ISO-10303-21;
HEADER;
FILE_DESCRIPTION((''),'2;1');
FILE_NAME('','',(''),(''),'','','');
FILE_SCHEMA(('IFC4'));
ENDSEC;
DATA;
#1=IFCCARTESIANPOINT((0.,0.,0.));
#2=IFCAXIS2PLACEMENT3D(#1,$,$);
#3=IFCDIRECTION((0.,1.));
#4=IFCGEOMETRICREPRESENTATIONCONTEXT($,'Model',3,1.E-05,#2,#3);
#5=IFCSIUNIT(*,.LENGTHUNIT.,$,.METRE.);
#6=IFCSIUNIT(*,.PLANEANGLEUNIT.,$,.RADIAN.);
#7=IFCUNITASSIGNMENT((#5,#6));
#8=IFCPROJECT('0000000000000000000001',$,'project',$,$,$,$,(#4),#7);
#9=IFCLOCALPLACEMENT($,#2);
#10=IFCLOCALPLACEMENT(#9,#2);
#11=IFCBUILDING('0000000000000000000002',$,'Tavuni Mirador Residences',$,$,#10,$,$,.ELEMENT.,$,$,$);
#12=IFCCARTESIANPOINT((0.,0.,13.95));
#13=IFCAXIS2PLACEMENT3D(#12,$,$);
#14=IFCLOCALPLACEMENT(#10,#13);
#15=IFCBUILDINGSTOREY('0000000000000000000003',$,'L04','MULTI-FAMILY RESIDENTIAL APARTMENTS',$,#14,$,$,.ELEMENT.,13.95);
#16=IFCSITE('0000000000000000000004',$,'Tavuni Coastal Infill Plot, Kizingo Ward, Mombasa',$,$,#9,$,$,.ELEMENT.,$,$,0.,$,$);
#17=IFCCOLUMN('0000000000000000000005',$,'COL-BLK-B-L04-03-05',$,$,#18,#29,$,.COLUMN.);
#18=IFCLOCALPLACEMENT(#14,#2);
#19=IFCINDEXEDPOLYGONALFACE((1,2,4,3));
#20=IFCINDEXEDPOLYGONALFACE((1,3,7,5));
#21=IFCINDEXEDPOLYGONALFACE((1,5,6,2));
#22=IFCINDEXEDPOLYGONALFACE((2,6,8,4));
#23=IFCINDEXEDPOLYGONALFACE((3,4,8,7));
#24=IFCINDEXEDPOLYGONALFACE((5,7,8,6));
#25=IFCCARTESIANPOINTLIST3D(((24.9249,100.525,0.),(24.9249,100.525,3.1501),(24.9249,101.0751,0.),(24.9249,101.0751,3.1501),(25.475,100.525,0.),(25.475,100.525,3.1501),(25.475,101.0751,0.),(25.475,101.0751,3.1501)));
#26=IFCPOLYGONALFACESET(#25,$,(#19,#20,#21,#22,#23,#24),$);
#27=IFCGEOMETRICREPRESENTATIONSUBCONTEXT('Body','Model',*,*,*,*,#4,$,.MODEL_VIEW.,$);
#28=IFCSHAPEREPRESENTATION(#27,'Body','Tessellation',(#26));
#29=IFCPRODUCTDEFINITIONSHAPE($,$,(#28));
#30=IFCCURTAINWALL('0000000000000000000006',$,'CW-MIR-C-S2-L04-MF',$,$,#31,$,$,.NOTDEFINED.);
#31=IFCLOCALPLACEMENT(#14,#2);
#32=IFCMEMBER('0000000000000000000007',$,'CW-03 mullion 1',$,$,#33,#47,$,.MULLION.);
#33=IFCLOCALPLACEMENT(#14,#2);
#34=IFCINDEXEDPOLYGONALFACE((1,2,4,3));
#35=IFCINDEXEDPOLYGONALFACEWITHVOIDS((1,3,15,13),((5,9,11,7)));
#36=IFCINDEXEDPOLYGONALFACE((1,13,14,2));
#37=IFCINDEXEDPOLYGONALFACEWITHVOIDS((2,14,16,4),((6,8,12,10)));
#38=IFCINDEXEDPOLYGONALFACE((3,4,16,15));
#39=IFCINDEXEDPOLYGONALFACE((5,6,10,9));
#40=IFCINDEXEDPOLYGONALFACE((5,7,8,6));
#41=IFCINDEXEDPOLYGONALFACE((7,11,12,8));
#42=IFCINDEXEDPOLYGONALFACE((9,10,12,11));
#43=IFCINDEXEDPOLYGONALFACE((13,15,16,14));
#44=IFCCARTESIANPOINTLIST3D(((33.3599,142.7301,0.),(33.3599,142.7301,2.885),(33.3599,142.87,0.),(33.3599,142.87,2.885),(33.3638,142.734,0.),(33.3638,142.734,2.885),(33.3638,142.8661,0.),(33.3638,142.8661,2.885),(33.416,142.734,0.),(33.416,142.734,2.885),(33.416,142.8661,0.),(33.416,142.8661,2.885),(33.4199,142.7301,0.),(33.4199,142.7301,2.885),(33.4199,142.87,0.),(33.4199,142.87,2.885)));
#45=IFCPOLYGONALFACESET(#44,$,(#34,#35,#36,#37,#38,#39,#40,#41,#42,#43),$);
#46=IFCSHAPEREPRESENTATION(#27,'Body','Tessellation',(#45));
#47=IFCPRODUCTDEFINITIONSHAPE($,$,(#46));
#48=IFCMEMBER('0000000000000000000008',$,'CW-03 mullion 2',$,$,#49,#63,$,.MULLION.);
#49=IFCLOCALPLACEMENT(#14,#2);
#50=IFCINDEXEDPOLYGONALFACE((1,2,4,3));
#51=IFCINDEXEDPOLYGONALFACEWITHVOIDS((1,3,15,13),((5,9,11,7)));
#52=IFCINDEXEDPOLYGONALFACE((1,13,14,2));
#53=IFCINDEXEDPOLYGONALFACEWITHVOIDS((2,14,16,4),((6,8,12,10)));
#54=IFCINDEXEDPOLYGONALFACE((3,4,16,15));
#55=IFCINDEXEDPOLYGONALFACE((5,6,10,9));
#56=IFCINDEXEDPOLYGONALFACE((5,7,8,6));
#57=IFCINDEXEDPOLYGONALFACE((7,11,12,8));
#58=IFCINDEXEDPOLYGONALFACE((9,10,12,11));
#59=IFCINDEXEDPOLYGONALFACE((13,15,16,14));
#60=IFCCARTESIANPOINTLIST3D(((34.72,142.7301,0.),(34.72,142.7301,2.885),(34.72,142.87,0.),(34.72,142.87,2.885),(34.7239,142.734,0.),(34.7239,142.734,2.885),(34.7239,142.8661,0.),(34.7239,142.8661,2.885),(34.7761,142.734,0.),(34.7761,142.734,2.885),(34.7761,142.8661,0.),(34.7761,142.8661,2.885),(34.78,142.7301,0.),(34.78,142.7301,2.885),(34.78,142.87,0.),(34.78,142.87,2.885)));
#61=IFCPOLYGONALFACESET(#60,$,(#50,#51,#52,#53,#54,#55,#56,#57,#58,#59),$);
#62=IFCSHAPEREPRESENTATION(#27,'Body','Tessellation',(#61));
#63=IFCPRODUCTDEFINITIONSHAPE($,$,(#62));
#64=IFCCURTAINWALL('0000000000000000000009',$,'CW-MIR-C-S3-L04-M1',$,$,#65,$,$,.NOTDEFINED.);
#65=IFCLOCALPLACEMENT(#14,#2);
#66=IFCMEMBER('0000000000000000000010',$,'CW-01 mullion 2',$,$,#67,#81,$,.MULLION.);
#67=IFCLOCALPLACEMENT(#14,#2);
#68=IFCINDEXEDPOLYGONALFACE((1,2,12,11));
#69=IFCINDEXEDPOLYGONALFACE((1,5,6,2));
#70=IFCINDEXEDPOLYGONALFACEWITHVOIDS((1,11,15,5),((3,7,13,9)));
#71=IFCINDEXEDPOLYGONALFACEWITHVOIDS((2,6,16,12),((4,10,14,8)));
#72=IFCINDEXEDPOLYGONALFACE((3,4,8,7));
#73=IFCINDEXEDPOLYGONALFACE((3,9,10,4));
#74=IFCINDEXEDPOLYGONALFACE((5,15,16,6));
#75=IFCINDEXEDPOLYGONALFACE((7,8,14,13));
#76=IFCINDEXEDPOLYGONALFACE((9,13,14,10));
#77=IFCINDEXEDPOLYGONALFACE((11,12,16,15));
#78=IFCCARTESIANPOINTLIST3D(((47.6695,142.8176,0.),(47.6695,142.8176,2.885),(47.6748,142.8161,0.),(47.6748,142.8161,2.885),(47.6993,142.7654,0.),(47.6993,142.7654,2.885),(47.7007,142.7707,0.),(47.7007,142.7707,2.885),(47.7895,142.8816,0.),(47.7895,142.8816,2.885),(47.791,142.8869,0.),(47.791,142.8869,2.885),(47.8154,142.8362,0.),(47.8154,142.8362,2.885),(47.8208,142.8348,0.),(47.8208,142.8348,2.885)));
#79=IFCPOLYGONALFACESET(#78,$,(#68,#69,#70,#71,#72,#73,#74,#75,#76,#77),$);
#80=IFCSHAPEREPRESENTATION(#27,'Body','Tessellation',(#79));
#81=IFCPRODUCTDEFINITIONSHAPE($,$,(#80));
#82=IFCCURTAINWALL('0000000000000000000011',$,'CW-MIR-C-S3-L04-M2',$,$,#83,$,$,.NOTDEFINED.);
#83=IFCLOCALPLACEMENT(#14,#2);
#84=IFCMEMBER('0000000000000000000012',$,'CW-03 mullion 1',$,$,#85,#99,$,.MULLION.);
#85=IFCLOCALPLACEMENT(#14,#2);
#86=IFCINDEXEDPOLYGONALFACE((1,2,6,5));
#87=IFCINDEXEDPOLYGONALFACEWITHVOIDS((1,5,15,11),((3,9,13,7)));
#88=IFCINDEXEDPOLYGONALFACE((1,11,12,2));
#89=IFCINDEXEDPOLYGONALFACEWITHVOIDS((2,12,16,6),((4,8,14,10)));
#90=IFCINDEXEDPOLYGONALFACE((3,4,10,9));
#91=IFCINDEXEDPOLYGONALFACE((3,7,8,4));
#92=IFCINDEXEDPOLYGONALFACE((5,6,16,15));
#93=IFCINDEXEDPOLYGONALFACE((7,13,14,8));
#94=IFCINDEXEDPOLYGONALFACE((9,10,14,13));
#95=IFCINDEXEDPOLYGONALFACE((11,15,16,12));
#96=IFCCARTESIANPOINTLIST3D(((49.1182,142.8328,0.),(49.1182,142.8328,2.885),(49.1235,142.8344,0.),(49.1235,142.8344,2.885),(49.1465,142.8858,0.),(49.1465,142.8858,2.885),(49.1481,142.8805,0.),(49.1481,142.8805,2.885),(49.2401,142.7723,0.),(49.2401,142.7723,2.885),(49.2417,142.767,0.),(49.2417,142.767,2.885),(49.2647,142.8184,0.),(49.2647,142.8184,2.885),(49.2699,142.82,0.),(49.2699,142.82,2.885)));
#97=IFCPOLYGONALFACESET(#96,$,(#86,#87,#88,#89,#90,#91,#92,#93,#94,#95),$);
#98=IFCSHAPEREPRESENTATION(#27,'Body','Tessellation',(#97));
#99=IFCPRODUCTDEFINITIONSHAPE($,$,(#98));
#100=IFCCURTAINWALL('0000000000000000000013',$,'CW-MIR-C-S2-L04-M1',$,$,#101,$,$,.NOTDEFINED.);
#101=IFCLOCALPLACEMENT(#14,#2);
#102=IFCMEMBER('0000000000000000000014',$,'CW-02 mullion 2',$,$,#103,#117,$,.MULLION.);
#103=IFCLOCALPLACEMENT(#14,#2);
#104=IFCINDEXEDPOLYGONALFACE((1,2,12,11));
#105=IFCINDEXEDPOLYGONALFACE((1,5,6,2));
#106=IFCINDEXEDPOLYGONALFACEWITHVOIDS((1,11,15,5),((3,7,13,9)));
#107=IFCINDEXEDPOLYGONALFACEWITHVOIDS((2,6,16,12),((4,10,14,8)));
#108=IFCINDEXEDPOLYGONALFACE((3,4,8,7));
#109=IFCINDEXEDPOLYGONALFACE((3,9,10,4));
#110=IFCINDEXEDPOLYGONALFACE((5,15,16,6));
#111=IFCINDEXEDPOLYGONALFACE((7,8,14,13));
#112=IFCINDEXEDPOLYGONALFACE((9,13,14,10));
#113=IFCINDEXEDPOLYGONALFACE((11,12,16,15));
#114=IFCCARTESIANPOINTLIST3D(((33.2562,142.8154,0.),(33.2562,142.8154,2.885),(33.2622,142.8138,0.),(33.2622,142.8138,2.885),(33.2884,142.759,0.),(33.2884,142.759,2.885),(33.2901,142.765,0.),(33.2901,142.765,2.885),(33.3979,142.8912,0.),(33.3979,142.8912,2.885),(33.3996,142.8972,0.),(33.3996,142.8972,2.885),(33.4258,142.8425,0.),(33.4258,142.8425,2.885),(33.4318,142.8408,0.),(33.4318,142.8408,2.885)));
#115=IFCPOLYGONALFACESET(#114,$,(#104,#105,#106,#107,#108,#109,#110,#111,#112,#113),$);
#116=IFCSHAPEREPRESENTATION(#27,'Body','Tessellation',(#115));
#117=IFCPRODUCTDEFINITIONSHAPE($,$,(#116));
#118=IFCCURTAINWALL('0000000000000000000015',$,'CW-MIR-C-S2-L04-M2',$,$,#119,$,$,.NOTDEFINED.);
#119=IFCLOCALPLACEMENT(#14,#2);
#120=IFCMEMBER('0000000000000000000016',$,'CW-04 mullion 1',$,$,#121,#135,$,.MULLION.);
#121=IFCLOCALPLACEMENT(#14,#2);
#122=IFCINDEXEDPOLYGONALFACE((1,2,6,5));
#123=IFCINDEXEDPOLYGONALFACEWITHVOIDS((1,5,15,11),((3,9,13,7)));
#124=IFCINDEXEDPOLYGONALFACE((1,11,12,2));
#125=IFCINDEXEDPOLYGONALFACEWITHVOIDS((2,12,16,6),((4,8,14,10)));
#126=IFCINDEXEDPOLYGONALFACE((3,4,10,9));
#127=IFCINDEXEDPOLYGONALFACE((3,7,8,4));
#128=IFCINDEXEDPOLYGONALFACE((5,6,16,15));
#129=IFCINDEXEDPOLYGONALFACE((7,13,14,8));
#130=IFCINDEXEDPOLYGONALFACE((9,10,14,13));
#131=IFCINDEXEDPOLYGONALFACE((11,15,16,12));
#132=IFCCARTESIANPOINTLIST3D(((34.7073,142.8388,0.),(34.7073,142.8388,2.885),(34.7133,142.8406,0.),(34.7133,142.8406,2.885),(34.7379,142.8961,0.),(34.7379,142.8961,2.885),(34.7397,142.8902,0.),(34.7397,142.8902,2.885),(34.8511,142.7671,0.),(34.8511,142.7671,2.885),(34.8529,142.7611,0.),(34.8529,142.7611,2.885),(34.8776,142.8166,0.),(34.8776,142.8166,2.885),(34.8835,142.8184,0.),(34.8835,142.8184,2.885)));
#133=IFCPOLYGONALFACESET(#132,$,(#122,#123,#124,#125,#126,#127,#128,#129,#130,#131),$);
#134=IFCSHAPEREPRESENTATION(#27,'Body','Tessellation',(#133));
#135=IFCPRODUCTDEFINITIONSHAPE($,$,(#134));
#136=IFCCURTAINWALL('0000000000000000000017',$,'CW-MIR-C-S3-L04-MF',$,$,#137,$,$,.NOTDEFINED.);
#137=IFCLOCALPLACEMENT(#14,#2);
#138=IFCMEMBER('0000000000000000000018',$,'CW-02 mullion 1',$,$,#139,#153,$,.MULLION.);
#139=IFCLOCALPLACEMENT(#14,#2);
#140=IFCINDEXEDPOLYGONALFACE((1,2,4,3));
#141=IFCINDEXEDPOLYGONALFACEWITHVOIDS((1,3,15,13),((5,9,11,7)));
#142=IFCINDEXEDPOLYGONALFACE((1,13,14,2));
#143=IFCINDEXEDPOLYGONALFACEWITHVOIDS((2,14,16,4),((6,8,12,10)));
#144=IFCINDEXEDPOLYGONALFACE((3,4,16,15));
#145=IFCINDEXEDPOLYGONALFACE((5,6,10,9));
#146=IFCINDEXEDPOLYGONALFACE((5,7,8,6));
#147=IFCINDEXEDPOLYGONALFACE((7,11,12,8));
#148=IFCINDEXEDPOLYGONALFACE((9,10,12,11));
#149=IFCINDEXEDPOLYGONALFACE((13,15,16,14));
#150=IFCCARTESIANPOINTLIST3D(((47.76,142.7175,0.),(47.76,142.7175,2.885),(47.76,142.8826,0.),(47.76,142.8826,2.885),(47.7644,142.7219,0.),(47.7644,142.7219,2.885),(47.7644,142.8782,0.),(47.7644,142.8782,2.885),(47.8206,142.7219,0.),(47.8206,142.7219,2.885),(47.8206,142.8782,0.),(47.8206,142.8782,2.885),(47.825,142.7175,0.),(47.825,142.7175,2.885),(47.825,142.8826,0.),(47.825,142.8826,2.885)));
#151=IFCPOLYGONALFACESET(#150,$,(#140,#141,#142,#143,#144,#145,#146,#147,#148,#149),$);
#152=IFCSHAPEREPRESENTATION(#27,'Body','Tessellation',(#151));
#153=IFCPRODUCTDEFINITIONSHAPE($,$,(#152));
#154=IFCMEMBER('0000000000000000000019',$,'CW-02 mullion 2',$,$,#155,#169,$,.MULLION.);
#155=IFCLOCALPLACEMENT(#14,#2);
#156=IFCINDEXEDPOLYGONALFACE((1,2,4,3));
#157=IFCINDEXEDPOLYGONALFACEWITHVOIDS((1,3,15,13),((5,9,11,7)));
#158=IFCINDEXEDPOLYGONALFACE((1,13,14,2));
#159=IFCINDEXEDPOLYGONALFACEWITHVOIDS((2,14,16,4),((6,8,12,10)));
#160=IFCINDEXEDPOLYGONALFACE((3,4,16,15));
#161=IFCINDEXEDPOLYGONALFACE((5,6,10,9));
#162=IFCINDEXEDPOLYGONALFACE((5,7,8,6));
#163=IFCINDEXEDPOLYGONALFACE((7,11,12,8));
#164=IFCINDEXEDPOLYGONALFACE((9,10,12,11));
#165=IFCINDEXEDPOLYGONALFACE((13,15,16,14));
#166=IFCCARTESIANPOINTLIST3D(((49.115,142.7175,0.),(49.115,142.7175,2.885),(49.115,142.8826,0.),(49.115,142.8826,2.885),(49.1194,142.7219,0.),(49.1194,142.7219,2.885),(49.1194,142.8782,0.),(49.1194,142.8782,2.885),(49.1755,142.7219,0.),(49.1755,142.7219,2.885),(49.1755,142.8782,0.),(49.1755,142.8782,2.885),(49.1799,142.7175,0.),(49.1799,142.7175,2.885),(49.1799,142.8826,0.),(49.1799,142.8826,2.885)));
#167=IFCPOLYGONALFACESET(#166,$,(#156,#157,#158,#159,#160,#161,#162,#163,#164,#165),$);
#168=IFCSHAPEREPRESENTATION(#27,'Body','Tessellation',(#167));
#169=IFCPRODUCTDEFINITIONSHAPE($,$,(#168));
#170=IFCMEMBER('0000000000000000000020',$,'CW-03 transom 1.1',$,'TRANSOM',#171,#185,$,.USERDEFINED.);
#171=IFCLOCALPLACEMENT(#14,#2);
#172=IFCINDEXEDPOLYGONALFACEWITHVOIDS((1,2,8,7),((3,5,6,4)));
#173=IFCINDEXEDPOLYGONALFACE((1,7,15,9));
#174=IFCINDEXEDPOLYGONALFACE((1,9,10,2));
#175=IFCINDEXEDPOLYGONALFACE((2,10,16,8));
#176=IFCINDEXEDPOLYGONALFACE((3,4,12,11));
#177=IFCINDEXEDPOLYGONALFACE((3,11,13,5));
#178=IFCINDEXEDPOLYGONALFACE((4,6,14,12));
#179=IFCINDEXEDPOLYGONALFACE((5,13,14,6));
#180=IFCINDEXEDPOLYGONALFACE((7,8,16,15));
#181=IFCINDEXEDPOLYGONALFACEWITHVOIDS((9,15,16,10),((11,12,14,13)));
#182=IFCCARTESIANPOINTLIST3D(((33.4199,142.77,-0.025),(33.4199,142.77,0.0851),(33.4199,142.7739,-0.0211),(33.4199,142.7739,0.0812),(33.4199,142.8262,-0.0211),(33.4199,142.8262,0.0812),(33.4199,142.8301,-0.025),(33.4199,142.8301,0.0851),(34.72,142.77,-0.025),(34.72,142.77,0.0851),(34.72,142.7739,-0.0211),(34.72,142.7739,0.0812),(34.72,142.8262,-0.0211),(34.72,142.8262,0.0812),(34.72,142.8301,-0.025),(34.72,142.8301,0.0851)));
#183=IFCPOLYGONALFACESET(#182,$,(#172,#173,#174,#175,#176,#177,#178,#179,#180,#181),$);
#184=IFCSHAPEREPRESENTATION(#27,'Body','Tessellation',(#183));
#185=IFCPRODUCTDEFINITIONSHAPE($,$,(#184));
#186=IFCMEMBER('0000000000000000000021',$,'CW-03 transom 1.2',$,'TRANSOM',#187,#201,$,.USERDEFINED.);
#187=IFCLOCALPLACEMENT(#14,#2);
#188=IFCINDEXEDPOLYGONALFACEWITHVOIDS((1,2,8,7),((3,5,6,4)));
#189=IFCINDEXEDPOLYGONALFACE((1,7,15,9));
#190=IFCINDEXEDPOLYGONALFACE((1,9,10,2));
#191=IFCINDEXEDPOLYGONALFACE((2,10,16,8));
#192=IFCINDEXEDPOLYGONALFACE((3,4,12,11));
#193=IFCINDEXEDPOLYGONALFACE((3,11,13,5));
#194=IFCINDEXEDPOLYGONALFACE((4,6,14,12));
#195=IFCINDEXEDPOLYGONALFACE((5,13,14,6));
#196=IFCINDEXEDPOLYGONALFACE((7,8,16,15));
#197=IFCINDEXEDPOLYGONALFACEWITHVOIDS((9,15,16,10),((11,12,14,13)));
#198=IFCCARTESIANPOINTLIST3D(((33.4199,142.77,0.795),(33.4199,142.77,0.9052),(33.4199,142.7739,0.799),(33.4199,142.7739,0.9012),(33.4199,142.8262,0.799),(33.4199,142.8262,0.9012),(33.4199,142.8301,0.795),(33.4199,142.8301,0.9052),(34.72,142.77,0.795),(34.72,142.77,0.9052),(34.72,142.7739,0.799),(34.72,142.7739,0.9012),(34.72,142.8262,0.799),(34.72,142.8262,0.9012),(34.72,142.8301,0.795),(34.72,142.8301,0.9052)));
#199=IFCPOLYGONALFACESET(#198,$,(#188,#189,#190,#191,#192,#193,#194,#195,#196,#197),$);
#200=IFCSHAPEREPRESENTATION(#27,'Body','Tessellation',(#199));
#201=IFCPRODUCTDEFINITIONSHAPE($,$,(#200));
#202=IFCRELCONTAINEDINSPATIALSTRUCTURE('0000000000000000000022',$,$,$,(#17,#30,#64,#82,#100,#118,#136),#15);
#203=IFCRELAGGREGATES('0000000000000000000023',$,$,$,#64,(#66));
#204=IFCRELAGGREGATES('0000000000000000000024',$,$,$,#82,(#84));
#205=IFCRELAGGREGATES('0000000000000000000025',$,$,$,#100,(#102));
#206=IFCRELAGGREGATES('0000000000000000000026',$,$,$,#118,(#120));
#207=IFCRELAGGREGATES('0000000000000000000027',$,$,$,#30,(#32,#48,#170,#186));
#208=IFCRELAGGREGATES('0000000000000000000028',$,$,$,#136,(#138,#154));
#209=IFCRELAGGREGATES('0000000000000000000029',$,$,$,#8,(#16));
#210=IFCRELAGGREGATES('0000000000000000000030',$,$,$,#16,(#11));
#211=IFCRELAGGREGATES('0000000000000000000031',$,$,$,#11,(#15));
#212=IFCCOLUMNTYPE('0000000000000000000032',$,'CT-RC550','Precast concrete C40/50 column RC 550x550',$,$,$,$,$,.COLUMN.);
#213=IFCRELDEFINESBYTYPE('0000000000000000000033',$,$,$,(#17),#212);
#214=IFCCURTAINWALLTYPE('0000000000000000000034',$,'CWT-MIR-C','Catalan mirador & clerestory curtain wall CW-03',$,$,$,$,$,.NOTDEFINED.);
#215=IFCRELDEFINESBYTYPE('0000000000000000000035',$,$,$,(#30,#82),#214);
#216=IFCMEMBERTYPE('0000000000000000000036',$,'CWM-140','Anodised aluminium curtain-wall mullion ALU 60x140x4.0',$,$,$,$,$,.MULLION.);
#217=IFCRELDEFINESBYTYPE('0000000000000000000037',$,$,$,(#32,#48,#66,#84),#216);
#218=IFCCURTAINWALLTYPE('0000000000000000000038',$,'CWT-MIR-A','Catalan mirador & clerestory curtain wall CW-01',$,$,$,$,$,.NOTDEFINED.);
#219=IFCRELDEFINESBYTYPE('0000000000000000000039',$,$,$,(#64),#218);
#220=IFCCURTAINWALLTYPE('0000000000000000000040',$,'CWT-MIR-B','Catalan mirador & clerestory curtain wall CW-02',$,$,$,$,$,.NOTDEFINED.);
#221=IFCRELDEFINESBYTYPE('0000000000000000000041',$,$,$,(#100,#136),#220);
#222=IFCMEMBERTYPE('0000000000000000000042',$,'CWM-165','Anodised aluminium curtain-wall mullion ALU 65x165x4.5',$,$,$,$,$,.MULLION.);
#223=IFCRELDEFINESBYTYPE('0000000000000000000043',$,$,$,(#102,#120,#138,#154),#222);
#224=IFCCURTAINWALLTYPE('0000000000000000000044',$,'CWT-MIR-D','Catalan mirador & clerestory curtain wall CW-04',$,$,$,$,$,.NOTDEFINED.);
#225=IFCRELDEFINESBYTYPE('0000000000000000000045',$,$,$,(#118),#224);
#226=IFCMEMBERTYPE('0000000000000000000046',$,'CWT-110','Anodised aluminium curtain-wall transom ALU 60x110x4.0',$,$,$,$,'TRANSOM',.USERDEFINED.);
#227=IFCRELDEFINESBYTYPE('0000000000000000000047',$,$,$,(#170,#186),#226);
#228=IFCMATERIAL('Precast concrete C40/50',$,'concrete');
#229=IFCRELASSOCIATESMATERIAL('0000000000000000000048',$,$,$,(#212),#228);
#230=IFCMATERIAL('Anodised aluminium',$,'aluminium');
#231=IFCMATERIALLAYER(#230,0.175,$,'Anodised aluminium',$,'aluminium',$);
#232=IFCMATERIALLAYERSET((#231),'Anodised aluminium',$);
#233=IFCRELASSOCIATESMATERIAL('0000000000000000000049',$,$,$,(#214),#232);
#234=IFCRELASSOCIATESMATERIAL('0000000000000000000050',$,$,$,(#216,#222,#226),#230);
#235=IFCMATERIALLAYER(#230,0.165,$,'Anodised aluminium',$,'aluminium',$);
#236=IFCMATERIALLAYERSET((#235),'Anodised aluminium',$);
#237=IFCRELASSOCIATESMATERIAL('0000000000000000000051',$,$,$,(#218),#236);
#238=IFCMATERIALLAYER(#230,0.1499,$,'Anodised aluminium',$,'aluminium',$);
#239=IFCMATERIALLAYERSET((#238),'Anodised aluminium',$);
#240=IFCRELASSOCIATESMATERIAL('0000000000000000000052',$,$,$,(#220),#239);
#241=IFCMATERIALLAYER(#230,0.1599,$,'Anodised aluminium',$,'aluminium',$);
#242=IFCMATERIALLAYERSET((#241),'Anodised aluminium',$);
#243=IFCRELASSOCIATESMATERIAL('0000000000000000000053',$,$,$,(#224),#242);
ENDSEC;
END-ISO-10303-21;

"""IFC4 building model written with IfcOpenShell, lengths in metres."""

from ifc_helpers import new_model, si_unit, direction, frame, origin, origin_2d, place, context, subcontext, project, spatial, rectangle, hollow_rectangle, extrude, material, layer, layer_set, material_profile, profile_set, type_object, element, aggregate, save


model = new_model("IFC4")

# Units and contexts
model_context = context("Model", 3, precision=1e-05, world=origin(), true_north=direction((0.0, 1.0)))
body_context = subcontext(model_context, "Body", "Model", "MODEL_VIEW")
ifc_project = project(units=[si_unit("LENGTHUNIT", "METRE"), si_unit("PLANEANGLEUNIT", "RADIAN")], contexts=[model_context])

# Site, building, storey
site_placement = place(None, origin())
site = spatial("IfcSite", under=ifc_project, at=site_placement, Name="Tavuni Coastal Infill Plot, Kizingo Ward, Mombasa", CompositionType="ELEMENT", RefElevation=0.0)
building_placement = place(site_placement, origin())
building = spatial("IfcBuilding", under=site, at=building_placement, Name="Tavuni Mirador Residences", CompositionType="ELEMENT")
storey_placement = place(building_placement, frame((0.0, 0.0, 13.95)))
storey = spatial("IfcBuildingStorey", under=building, at=storey_placement, Name="L04", Description="MULTI-FAMILY RESIDENTIAL APARTMENTS", CompositionType="ELEMENT", Elevation=13.95)

# Column
ifc_material_1 = material(Name="Precast concrete C40/50", Category="concrete")
ifc_material_profile_1 = material_profile(ifc_material_1, rectangle(XDim=0.55, YDim=0.55, at=origin_2d()), Name="RC 550x550", Category="concrete")
ifc_profile_set_1 = profile_set([ifc_material_profile_1], Name="Precast concrete C40/50")
column_type = type_object("IfcColumnType", Name="CT-RC550", Description="Precast concrete C40/50 column RC 550x550", PredefinedType="COLUMN", material=ifc_profile_set_1)
column_placement = place(storey_placement, frame((25.2, 100.8, 0.0), z_axis=(0.0, 0.0, 1.0), x_axis=(1.0, 0.0, 0.0)))
element("IfcColumn", 1, at=column_placement, inside=storey, type_object=column_type, Name="COL-BLK-B-L04-03-05", PredefinedType="COLUMN", context=body_context, shape_type="SweptSolid", body=[
    extrude(rectangle(XDim=0.55, YDim=0.55, at=origin_2d()), origin(), (0.0, 0.0, 1.0), 3.1501),
])

# Curtain wall, members
ifc_material_2 = material(Name="Anodised aluminium", Category="aluminium")
ifc_layer_1 = layer(ifc_material_2, 0.175, Name="Anodised aluminium", Category="aluminium")
ifc_layer_set_1 = layer_set([ifc_layer_1], Name="Anodised aluminium")
curtain_wall_type_1 = type_object("IfcCurtainWallType", Name="CWT-MIR-C", Description="Catalan mirador & clerestory curtain wall CW-03", PredefinedType="NOTDEFINED", material=ifc_layer_set_1)
curtain_wall_1_placement = place(storey_placement, origin())
curtain_wall_1 = element("IfcCurtainWall", 2, at=curtain_wall_1_placement, inside=storey, type_object=curtain_wall_type_1, Name="CW-MIR-C-S2-L04-MF", PredefinedType="NOTDEFINED")
ifc_material_profile_2 = material_profile(ifc_material_2, hollow_rectangle(XDim=0.0601, YDim=0.1399, WallThickness=0.0039, at=origin_2d()), Name="ALU 60x140x4.0", Category="aluminium")
ifc_profile_set_2 = profile_set([ifc_material_profile_2], Name="Anodised aluminium")
member_type_1 = type_object("IfcMemberType", Name="CWM-140", Description="Anodised aluminium curtain-wall mullion ALU 60x140x4.0", PredefinedType="MULLION", material=ifc_profile_set_2)
member_1_placement = place(storey_placement, frame((33.3899, 142.8, 0.0), z_axis=(0.0, 0.0, 1.0), x_axis=(1.0, 0.0, 0.0)))
member_1 = element("IfcMember", 3, at=member_1_placement, type_object=member_type_1, Name="CW-03 mullion 1", PredefinedType="MULLION", context=body_context, shape_type="SweptSolid", body=[
    extrude(hollow_rectangle(XDim=0.0601, YDim=0.1399, WallThickness=0.0039, at=origin_2d()), origin(), (0.0, 0.0, 1.0), 2.885),
])
member_2_placement = place(storey_placement, frame((34.75, 142.8, 0.0), z_axis=(0.0, 0.0, 1.0), x_axis=(1.0, 0.0, 0.0)))
member_2 = element("IfcMember", 4, at=member_2_placement, type_object=member_type_1, Name="CW-03 mullion 2", PredefinedType="MULLION", context=body_context, shape_type="SweptSolid", body=[
    extrude(hollow_rectangle(XDim=0.0601, YDim=0.1399, WallThickness=0.0039, at=origin_2d()), origin(), (0.0, 0.0, 1.0), 2.885),
])

# Curtain walls, members
ifc_layer_2 = layer(ifc_material_2, 0.165, Name="Anodised aluminium", Category="aluminium")
ifc_layer_set_2 = layer_set([ifc_layer_2], Name="Anodised aluminium")
curtain_wall_type_2 = type_object("IfcCurtainWallType", Name="CWT-MIR-A", Description="Catalan mirador & clerestory curtain wall CW-01", PredefinedType="NOTDEFINED", material=ifc_layer_set_2)
curtain_wall_2_placement = place(storey_placement, origin())
curtain_wall_2 = element("IfcCurtainWall", 5, at=curtain_wall_2_placement, inside=storey, type_object=curtain_wall_type_2, Name="CW-MIR-C-S3-L04-M1", PredefinedType="NOTDEFINED")
member_3_placement = place(storey_placement, frame((47.7451, 142.8262, 0.0), z_axis=(0.0, 0.0, 1.0), x_axis=(0.495749, -0.868466, 0.0)))
member_3 = element("IfcMember", 6, at=member_3_placement, type_object=member_type_1, Name="CW-01 mullion 2", PredefinedType="MULLION", context=body_context, shape_type="SweptSolid", body=[
    extrude(hollow_rectangle(XDim=0.0601, YDim=0.1399, WallThickness=0.0039, at=origin_2d()), origin(), (0.0, 0.0, 1.0), 2.885),
])
aggregate(curtain_wall_2, [member_3])
curtain_wall_3_placement = place(storey_placement, origin())
curtain_wall_3 = element("IfcCurtainWall", 7, at=curtain_wall_3_placement, inside=storey, type_object=curtain_wall_type_1, Name="CW-MIR-C-S3-L04-M2", PredefinedType="NOTDEFINED")
member_4_placement = place(storey_placement, frame((49.1941, 142.8264, 0.0), z_axis=(0.0, 0.0, 1.0), x_axis=(0.470588, 0.882353, 0.0)))
member_4 = element("IfcMember", 8, at=member_4_placement, type_object=member_type_1, Name="CW-03 mullion 1", PredefinedType="MULLION", context=body_context, shape_type="SweptSolid", body=[
    extrude(hollow_rectangle(XDim=0.0601, YDim=0.1399, WallThickness=0.0039, at=origin_2d()), origin(), (0.0, 0.0, 1.0), 2.885),
])
aggregate(curtain_wall_3, [member_4])
ifc_layer_3 = layer(ifc_material_2, 0.1499, Name="Anodised aluminium", Category="aluminium")
ifc_layer_set_3 = layer_set([ifc_layer_3], Name="Anodised aluminium")
curtain_wall_type_3 = type_object("IfcCurtainWallType", Name="CWT-MIR-B", Description="Catalan mirador & clerestory curtain wall CW-02", PredefinedType="NOTDEFINED", material=ifc_layer_set_3)
curtain_wall_4_placement = place(storey_placement, origin())
curtain_wall_4 = element("IfcCurtainWall", 9, at=curtain_wall_4_placement, inside=storey, type_object=curtain_wall_type_3, Name="CW-MIR-C-S2-L04-M1", PredefinedType="NOTDEFINED")
ifc_material_profile_3 = material_profile(ifc_material_2, hollow_rectangle(XDim=0.0649, YDim=0.165, WallThickness=0.0044, at=origin_2d()), Name="ALU 65x165x4.5", Category="aluminium")
ifc_profile_set_3 = profile_set([ifc_material_profile_3], Name="Anodised aluminium")
member_type_2 = type_object("IfcMemberType", Name="CWM-165", Description="Anodised aluminium curtain-wall mullion ALU 65x165x4.5", PredefinedType="MULLION", material=ifc_profile_set_3)
member_5_placement = place(storey_placement, frame((33.344, 142.8281, 0.0), z_axis=(0.0, 0.0, 1.0), x_axis=(0.495749, -0.868466, 0.0)))
member_5 = element("IfcMember", 10, at=member_5_placement, type_object=member_type_2, Name="CW-02 mullion 2", PredefinedType="MULLION", context=body_context, shape_type="SweptSolid", body=[
    extrude(hollow_rectangle(XDim=0.0649, YDim=0.165, WallThickness=0.0044, at=origin_2d()), origin(), (0.0, 0.0, 1.0), 2.885),
])
aggregate(curtain_wall_4, [member_5])
ifc_layer_4 = layer(ifc_material_2, 0.1599, Name="Anodised aluminium", Category="aluminium")
ifc_layer_set_4 = layer_set([ifc_layer_4], Name="Anodised aluminium")
curtain_wall_type_4 = type_object("IfcCurtainWallType", Name="CWT-MIR-D", Description="Catalan mirador & clerestory curtain wall CW-04", PredefinedType="NOTDEFINED", material=ifc_layer_set_4)
curtain_wall_5_placement = place(storey_placement, origin())
curtain_wall_5 = element("IfcCurtainWall", 11, at=curtain_wall_5_placement, inside=storey, type_object=curtain_wall_type_4, Name="CW-MIR-C-S2-L04-M2", PredefinedType="NOTDEFINED")
member_6_placement = place(storey_placement, frame((34.7954, 142.8286, 0.0), z_axis=(0.0, 0.0, 1.0), x_axis=(0.470588, 0.882353, 0.0)))
member_6 = element("IfcMember", 12, at=member_6_placement, type_object=member_type_2, Name="CW-04 mullion 1", PredefinedType="MULLION", context=body_context, shape_type="SweptSolid", body=[
    extrude(hollow_rectangle(XDim=0.0649, YDim=0.165, WallThickness=0.0044, at=origin_2d()), origin(), (0.0, 0.0, 1.0), 2.885),
])
aggregate(curtain_wall_5, [member_6])

# Curtain wall, members
curtain_wall_6_placement = place(storey_placement, origin())
curtain_wall_6 = element("IfcCurtainWall", 13, at=curtain_wall_6_placement, inside=storey, type_object=curtain_wall_type_3, Name="CW-MIR-C-S3-L04-MF", PredefinedType="NOTDEFINED")
member_7_placement = place(storey_placement, frame((47.7925, 142.8, 0.0), z_axis=(0.0, 0.0, 1.0), x_axis=(1.0, 0.0, 0.0)))
member_7 = element("IfcMember", 14, at=member_7_placement, type_object=member_type_2, Name="CW-02 mullion 1", PredefinedType="MULLION", context=body_context, shape_type="SweptSolid", body=[
    extrude(hollow_rectangle(XDim=0.0649, YDim=0.165, WallThickness=0.0044, at=origin_2d()), origin(), (0.0, 0.0, 1.0), 2.885),
])
member_8_placement = place(storey_placement, frame((49.1475, 142.8, 0.0), z_axis=(0.0, 0.0, 1.0), x_axis=(1.0, 0.0, 0.0)))
member_8 = element("IfcMember", 15, at=member_8_placement, type_object=member_type_2, Name="CW-02 mullion 2", PredefinedType="MULLION", context=body_context, shape_type="SweptSolid", body=[
    extrude(hollow_rectangle(XDim=0.0649, YDim=0.165, WallThickness=0.0044, at=origin_2d()), origin(), (0.0, 0.0, 1.0), 2.885),
])

# Members
ifc_material_profile_4 = material_profile(ifc_material_2, hollow_rectangle(XDim=0.0601, YDim=0.1101, WallThickness=0.0039, at=origin_2d()), Name="ALU 60x110x4.0", Category="aluminium")
ifc_profile_set_4 = profile_set([ifc_material_profile_4], Name="Anodised aluminium")
member_type_3 = type_object("IfcMemberType", Name="CWT-110", Description="Anodised aluminium curtain-wall transom ALU 60x110x4.0", ElementType="TRANSOM", PredefinedType="USERDEFINED", material=ifc_profile_set_4)
member_9_placement = place(storey_placement, frame((33.4199, 142.8, 0.03), z_axis=(1.0, 0.0, 0.0), x_axis=(0.0, 1.0, 0.0)))
member_9 = element("IfcMember", 16, at=member_9_placement, type_object=member_type_3, Name="CW-03 transom 1.1", ObjectType="TRANSOM", PredefinedType="USERDEFINED", context=body_context, shape_type="SweptSolid", body=[
    extrude(hollow_rectangle(XDim=0.0601, YDim=0.1101, WallThickness=0.0039, at=origin_2d()), origin(), (0.0, 0.0, 1.0), 1.3),
])
member_10_placement = place(storey_placement, frame((33.4199, 142.8, 0.8501), z_axis=(1.0, 0.0, 0.0), x_axis=(0.0, 1.0, 0.0)))
member_10 = element("IfcMember", 17, at=member_10_placement, type_object=member_type_3, Name="CW-03 transom 1.2", ObjectType="TRANSOM", PredefinedType="USERDEFINED", context=body_context, shape_type="SweptSolid", body=[
    extrude(hollow_rectangle(XDim=0.0601, YDim=0.1101, WallThickness=0.0039, at=origin_2d()), origin(), (0.0, 0.0, 1.0), 1.3),
])

aggregate(curtain_wall_1, [member_1, member_2, member_9, member_10])
aggregate(curtain_wall_6, [member_7, member_8])

save(model, "model.ifc")
